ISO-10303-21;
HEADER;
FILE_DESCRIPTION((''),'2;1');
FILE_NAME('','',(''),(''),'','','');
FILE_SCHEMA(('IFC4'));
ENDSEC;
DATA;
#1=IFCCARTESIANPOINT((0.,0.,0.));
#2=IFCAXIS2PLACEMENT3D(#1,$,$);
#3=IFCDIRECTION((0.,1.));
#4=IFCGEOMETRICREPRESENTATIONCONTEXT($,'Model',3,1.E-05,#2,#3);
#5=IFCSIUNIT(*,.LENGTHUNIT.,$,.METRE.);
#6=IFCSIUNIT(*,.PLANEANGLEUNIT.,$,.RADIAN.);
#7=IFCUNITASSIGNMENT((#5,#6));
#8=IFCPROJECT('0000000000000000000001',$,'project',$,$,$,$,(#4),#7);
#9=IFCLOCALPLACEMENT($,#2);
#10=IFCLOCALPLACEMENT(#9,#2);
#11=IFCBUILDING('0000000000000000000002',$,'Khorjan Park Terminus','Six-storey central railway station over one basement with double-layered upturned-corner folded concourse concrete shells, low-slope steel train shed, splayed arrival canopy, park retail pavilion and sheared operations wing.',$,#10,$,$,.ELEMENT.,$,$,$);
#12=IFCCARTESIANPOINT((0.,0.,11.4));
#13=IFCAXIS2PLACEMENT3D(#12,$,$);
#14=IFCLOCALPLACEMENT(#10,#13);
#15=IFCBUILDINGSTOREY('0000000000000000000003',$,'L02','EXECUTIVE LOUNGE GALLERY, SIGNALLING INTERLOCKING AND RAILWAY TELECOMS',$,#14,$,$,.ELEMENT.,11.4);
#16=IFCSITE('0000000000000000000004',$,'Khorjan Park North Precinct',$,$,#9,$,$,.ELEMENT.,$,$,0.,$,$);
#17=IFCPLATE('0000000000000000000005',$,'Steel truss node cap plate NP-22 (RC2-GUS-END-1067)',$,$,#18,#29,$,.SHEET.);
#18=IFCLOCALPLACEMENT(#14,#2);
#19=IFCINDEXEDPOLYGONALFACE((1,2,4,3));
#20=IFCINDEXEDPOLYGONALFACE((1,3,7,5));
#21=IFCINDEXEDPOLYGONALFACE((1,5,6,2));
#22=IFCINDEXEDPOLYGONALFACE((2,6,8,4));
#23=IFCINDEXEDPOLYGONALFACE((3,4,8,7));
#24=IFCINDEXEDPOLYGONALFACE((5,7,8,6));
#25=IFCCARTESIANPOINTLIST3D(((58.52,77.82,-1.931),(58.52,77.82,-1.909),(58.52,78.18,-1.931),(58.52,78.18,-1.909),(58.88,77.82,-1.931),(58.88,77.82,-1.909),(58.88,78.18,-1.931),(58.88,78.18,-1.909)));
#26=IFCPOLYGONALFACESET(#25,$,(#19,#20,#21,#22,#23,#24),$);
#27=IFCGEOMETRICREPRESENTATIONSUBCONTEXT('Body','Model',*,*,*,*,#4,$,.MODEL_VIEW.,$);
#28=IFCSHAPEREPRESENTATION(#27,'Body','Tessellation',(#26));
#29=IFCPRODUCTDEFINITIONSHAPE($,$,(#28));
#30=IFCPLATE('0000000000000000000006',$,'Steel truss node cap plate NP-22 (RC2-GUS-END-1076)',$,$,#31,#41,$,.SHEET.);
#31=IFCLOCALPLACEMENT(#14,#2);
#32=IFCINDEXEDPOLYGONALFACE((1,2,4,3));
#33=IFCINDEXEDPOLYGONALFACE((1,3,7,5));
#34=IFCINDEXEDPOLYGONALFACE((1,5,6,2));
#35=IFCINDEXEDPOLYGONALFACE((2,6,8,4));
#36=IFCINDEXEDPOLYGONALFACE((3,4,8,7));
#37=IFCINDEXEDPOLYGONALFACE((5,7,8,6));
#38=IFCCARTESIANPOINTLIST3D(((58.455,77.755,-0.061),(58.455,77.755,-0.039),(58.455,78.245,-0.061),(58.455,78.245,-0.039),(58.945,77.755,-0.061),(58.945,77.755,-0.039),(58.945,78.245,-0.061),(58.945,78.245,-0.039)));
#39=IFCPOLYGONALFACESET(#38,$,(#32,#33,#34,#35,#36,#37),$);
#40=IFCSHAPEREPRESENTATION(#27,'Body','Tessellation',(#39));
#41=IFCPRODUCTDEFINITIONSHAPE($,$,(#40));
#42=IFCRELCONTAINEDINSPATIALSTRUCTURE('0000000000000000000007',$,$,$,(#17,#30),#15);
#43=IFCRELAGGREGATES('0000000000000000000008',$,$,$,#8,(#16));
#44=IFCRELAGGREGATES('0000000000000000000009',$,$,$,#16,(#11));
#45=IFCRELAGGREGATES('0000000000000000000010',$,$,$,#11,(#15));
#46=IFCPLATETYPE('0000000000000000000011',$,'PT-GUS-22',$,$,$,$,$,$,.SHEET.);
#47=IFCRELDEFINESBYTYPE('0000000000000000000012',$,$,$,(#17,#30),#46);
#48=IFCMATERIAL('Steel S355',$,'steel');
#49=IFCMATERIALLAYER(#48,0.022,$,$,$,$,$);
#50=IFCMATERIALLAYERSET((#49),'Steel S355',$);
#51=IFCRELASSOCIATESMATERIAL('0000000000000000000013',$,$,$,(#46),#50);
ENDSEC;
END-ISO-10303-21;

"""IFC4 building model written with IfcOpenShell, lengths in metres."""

from ifc_helpers import new_model, si_unit, direction, frame, origin, origin_2d, place, context, subcontext, project, spatial, rectangle, extrude, material, layer, layer_set, type_object, element, save


model = new_model("IFC4")

# Units and contexts
model_context = context("Model", 3, precision=1e-05, world=origin(), true_north=direction((0.0, 1.0)))
body_context = subcontext(model_context, "Body", "Model", "MODEL_VIEW")
ifc_project = project(units=[si_unit("LENGTHUNIT", "METRE"), si_unit("PLANEANGLEUNIT", "RADIAN")], contexts=[model_context])

# Site, building, storey
site_placement = place(None, origin())
site = spatial("IfcSite", under=ifc_project, at=site_placement, Name="Khorjan Park North Precinct", CompositionType="ELEMENT", RefElevation=0.0)
building_placement = place(site_placement, origin())
building = spatial("IfcBuilding", under=site, at=building_placement, Name="Khorjan Park Terminus", Description="Six-storey central railway station over one basement with double-layered upturned-corner folded concourse concrete shells, low-slope steel train shed, splayed arrival canopy, park retail pavilion and sheared operations wing.", CompositionType="ELEMENT")
storey_placement = place(building_placement, frame((0.0, 0.0, 11.4)))
storey = spatial("IfcBuildingStorey", under=building, at=storey_placement, Name="L02", Description="EXECUTIVE LOUNGE GALLERY, SIGNALLING INTERLOCKING AND RAILWAY TELECOMS", CompositionType="ELEMENT", Elevation=11.4)

# Shared definitions
ifc_material = material(Name="Steel S355", Category="steel")

# Plates
ifc_layer = layer(ifc_material, 0.022)
ifc_layer_set = layer_set([ifc_layer], Name="Steel S355")
plate_type = type_object("IfcPlateType", Name="PT-GUS-22", PredefinedType="SHEET", material=ifc_layer_set)
plate_1_placement = place(storey_placement, frame((58.7, 78.0, -1.931), z_axis=(0.0, 0.0, 1.0), x_axis=(1.0, 0.0, 0.0)))
element("IfcPlate", 1, at=plate_1_placement, inside=storey, type_object=plate_type, Name="Steel truss node cap plate NP-22 (RC2-GUS-END-1067)", PredefinedType="SHEET", context=body_context, shape_type="SweptSolid", body=[
    extrude(rectangle(XDim=0.36, YDim=0.36, at=origin_2d()), origin(), (0.0, 0.0, 1.0), 0.022),
])
plate_2_placement = place(storey_placement, frame((58.7, 78.0, -0.061), z_axis=(0.0, 0.0, 1.0), x_axis=(1.0, 0.0, 0.0)))
element("IfcPlate", 2, at=plate_2_placement, inside=storey, type_object=plate_type, Name="Steel truss node cap plate NP-22 (RC2-GUS-END-1076)", PredefinedType="SHEET", context=body_context, shape_type="SweptSolid", body=[
    extrude(rectangle(XDim=0.49, YDim=0.49, at=origin_2d()), origin(), (0.0, 0.0, 1.0), 0.022),
])

save(model, "model.ifc")
